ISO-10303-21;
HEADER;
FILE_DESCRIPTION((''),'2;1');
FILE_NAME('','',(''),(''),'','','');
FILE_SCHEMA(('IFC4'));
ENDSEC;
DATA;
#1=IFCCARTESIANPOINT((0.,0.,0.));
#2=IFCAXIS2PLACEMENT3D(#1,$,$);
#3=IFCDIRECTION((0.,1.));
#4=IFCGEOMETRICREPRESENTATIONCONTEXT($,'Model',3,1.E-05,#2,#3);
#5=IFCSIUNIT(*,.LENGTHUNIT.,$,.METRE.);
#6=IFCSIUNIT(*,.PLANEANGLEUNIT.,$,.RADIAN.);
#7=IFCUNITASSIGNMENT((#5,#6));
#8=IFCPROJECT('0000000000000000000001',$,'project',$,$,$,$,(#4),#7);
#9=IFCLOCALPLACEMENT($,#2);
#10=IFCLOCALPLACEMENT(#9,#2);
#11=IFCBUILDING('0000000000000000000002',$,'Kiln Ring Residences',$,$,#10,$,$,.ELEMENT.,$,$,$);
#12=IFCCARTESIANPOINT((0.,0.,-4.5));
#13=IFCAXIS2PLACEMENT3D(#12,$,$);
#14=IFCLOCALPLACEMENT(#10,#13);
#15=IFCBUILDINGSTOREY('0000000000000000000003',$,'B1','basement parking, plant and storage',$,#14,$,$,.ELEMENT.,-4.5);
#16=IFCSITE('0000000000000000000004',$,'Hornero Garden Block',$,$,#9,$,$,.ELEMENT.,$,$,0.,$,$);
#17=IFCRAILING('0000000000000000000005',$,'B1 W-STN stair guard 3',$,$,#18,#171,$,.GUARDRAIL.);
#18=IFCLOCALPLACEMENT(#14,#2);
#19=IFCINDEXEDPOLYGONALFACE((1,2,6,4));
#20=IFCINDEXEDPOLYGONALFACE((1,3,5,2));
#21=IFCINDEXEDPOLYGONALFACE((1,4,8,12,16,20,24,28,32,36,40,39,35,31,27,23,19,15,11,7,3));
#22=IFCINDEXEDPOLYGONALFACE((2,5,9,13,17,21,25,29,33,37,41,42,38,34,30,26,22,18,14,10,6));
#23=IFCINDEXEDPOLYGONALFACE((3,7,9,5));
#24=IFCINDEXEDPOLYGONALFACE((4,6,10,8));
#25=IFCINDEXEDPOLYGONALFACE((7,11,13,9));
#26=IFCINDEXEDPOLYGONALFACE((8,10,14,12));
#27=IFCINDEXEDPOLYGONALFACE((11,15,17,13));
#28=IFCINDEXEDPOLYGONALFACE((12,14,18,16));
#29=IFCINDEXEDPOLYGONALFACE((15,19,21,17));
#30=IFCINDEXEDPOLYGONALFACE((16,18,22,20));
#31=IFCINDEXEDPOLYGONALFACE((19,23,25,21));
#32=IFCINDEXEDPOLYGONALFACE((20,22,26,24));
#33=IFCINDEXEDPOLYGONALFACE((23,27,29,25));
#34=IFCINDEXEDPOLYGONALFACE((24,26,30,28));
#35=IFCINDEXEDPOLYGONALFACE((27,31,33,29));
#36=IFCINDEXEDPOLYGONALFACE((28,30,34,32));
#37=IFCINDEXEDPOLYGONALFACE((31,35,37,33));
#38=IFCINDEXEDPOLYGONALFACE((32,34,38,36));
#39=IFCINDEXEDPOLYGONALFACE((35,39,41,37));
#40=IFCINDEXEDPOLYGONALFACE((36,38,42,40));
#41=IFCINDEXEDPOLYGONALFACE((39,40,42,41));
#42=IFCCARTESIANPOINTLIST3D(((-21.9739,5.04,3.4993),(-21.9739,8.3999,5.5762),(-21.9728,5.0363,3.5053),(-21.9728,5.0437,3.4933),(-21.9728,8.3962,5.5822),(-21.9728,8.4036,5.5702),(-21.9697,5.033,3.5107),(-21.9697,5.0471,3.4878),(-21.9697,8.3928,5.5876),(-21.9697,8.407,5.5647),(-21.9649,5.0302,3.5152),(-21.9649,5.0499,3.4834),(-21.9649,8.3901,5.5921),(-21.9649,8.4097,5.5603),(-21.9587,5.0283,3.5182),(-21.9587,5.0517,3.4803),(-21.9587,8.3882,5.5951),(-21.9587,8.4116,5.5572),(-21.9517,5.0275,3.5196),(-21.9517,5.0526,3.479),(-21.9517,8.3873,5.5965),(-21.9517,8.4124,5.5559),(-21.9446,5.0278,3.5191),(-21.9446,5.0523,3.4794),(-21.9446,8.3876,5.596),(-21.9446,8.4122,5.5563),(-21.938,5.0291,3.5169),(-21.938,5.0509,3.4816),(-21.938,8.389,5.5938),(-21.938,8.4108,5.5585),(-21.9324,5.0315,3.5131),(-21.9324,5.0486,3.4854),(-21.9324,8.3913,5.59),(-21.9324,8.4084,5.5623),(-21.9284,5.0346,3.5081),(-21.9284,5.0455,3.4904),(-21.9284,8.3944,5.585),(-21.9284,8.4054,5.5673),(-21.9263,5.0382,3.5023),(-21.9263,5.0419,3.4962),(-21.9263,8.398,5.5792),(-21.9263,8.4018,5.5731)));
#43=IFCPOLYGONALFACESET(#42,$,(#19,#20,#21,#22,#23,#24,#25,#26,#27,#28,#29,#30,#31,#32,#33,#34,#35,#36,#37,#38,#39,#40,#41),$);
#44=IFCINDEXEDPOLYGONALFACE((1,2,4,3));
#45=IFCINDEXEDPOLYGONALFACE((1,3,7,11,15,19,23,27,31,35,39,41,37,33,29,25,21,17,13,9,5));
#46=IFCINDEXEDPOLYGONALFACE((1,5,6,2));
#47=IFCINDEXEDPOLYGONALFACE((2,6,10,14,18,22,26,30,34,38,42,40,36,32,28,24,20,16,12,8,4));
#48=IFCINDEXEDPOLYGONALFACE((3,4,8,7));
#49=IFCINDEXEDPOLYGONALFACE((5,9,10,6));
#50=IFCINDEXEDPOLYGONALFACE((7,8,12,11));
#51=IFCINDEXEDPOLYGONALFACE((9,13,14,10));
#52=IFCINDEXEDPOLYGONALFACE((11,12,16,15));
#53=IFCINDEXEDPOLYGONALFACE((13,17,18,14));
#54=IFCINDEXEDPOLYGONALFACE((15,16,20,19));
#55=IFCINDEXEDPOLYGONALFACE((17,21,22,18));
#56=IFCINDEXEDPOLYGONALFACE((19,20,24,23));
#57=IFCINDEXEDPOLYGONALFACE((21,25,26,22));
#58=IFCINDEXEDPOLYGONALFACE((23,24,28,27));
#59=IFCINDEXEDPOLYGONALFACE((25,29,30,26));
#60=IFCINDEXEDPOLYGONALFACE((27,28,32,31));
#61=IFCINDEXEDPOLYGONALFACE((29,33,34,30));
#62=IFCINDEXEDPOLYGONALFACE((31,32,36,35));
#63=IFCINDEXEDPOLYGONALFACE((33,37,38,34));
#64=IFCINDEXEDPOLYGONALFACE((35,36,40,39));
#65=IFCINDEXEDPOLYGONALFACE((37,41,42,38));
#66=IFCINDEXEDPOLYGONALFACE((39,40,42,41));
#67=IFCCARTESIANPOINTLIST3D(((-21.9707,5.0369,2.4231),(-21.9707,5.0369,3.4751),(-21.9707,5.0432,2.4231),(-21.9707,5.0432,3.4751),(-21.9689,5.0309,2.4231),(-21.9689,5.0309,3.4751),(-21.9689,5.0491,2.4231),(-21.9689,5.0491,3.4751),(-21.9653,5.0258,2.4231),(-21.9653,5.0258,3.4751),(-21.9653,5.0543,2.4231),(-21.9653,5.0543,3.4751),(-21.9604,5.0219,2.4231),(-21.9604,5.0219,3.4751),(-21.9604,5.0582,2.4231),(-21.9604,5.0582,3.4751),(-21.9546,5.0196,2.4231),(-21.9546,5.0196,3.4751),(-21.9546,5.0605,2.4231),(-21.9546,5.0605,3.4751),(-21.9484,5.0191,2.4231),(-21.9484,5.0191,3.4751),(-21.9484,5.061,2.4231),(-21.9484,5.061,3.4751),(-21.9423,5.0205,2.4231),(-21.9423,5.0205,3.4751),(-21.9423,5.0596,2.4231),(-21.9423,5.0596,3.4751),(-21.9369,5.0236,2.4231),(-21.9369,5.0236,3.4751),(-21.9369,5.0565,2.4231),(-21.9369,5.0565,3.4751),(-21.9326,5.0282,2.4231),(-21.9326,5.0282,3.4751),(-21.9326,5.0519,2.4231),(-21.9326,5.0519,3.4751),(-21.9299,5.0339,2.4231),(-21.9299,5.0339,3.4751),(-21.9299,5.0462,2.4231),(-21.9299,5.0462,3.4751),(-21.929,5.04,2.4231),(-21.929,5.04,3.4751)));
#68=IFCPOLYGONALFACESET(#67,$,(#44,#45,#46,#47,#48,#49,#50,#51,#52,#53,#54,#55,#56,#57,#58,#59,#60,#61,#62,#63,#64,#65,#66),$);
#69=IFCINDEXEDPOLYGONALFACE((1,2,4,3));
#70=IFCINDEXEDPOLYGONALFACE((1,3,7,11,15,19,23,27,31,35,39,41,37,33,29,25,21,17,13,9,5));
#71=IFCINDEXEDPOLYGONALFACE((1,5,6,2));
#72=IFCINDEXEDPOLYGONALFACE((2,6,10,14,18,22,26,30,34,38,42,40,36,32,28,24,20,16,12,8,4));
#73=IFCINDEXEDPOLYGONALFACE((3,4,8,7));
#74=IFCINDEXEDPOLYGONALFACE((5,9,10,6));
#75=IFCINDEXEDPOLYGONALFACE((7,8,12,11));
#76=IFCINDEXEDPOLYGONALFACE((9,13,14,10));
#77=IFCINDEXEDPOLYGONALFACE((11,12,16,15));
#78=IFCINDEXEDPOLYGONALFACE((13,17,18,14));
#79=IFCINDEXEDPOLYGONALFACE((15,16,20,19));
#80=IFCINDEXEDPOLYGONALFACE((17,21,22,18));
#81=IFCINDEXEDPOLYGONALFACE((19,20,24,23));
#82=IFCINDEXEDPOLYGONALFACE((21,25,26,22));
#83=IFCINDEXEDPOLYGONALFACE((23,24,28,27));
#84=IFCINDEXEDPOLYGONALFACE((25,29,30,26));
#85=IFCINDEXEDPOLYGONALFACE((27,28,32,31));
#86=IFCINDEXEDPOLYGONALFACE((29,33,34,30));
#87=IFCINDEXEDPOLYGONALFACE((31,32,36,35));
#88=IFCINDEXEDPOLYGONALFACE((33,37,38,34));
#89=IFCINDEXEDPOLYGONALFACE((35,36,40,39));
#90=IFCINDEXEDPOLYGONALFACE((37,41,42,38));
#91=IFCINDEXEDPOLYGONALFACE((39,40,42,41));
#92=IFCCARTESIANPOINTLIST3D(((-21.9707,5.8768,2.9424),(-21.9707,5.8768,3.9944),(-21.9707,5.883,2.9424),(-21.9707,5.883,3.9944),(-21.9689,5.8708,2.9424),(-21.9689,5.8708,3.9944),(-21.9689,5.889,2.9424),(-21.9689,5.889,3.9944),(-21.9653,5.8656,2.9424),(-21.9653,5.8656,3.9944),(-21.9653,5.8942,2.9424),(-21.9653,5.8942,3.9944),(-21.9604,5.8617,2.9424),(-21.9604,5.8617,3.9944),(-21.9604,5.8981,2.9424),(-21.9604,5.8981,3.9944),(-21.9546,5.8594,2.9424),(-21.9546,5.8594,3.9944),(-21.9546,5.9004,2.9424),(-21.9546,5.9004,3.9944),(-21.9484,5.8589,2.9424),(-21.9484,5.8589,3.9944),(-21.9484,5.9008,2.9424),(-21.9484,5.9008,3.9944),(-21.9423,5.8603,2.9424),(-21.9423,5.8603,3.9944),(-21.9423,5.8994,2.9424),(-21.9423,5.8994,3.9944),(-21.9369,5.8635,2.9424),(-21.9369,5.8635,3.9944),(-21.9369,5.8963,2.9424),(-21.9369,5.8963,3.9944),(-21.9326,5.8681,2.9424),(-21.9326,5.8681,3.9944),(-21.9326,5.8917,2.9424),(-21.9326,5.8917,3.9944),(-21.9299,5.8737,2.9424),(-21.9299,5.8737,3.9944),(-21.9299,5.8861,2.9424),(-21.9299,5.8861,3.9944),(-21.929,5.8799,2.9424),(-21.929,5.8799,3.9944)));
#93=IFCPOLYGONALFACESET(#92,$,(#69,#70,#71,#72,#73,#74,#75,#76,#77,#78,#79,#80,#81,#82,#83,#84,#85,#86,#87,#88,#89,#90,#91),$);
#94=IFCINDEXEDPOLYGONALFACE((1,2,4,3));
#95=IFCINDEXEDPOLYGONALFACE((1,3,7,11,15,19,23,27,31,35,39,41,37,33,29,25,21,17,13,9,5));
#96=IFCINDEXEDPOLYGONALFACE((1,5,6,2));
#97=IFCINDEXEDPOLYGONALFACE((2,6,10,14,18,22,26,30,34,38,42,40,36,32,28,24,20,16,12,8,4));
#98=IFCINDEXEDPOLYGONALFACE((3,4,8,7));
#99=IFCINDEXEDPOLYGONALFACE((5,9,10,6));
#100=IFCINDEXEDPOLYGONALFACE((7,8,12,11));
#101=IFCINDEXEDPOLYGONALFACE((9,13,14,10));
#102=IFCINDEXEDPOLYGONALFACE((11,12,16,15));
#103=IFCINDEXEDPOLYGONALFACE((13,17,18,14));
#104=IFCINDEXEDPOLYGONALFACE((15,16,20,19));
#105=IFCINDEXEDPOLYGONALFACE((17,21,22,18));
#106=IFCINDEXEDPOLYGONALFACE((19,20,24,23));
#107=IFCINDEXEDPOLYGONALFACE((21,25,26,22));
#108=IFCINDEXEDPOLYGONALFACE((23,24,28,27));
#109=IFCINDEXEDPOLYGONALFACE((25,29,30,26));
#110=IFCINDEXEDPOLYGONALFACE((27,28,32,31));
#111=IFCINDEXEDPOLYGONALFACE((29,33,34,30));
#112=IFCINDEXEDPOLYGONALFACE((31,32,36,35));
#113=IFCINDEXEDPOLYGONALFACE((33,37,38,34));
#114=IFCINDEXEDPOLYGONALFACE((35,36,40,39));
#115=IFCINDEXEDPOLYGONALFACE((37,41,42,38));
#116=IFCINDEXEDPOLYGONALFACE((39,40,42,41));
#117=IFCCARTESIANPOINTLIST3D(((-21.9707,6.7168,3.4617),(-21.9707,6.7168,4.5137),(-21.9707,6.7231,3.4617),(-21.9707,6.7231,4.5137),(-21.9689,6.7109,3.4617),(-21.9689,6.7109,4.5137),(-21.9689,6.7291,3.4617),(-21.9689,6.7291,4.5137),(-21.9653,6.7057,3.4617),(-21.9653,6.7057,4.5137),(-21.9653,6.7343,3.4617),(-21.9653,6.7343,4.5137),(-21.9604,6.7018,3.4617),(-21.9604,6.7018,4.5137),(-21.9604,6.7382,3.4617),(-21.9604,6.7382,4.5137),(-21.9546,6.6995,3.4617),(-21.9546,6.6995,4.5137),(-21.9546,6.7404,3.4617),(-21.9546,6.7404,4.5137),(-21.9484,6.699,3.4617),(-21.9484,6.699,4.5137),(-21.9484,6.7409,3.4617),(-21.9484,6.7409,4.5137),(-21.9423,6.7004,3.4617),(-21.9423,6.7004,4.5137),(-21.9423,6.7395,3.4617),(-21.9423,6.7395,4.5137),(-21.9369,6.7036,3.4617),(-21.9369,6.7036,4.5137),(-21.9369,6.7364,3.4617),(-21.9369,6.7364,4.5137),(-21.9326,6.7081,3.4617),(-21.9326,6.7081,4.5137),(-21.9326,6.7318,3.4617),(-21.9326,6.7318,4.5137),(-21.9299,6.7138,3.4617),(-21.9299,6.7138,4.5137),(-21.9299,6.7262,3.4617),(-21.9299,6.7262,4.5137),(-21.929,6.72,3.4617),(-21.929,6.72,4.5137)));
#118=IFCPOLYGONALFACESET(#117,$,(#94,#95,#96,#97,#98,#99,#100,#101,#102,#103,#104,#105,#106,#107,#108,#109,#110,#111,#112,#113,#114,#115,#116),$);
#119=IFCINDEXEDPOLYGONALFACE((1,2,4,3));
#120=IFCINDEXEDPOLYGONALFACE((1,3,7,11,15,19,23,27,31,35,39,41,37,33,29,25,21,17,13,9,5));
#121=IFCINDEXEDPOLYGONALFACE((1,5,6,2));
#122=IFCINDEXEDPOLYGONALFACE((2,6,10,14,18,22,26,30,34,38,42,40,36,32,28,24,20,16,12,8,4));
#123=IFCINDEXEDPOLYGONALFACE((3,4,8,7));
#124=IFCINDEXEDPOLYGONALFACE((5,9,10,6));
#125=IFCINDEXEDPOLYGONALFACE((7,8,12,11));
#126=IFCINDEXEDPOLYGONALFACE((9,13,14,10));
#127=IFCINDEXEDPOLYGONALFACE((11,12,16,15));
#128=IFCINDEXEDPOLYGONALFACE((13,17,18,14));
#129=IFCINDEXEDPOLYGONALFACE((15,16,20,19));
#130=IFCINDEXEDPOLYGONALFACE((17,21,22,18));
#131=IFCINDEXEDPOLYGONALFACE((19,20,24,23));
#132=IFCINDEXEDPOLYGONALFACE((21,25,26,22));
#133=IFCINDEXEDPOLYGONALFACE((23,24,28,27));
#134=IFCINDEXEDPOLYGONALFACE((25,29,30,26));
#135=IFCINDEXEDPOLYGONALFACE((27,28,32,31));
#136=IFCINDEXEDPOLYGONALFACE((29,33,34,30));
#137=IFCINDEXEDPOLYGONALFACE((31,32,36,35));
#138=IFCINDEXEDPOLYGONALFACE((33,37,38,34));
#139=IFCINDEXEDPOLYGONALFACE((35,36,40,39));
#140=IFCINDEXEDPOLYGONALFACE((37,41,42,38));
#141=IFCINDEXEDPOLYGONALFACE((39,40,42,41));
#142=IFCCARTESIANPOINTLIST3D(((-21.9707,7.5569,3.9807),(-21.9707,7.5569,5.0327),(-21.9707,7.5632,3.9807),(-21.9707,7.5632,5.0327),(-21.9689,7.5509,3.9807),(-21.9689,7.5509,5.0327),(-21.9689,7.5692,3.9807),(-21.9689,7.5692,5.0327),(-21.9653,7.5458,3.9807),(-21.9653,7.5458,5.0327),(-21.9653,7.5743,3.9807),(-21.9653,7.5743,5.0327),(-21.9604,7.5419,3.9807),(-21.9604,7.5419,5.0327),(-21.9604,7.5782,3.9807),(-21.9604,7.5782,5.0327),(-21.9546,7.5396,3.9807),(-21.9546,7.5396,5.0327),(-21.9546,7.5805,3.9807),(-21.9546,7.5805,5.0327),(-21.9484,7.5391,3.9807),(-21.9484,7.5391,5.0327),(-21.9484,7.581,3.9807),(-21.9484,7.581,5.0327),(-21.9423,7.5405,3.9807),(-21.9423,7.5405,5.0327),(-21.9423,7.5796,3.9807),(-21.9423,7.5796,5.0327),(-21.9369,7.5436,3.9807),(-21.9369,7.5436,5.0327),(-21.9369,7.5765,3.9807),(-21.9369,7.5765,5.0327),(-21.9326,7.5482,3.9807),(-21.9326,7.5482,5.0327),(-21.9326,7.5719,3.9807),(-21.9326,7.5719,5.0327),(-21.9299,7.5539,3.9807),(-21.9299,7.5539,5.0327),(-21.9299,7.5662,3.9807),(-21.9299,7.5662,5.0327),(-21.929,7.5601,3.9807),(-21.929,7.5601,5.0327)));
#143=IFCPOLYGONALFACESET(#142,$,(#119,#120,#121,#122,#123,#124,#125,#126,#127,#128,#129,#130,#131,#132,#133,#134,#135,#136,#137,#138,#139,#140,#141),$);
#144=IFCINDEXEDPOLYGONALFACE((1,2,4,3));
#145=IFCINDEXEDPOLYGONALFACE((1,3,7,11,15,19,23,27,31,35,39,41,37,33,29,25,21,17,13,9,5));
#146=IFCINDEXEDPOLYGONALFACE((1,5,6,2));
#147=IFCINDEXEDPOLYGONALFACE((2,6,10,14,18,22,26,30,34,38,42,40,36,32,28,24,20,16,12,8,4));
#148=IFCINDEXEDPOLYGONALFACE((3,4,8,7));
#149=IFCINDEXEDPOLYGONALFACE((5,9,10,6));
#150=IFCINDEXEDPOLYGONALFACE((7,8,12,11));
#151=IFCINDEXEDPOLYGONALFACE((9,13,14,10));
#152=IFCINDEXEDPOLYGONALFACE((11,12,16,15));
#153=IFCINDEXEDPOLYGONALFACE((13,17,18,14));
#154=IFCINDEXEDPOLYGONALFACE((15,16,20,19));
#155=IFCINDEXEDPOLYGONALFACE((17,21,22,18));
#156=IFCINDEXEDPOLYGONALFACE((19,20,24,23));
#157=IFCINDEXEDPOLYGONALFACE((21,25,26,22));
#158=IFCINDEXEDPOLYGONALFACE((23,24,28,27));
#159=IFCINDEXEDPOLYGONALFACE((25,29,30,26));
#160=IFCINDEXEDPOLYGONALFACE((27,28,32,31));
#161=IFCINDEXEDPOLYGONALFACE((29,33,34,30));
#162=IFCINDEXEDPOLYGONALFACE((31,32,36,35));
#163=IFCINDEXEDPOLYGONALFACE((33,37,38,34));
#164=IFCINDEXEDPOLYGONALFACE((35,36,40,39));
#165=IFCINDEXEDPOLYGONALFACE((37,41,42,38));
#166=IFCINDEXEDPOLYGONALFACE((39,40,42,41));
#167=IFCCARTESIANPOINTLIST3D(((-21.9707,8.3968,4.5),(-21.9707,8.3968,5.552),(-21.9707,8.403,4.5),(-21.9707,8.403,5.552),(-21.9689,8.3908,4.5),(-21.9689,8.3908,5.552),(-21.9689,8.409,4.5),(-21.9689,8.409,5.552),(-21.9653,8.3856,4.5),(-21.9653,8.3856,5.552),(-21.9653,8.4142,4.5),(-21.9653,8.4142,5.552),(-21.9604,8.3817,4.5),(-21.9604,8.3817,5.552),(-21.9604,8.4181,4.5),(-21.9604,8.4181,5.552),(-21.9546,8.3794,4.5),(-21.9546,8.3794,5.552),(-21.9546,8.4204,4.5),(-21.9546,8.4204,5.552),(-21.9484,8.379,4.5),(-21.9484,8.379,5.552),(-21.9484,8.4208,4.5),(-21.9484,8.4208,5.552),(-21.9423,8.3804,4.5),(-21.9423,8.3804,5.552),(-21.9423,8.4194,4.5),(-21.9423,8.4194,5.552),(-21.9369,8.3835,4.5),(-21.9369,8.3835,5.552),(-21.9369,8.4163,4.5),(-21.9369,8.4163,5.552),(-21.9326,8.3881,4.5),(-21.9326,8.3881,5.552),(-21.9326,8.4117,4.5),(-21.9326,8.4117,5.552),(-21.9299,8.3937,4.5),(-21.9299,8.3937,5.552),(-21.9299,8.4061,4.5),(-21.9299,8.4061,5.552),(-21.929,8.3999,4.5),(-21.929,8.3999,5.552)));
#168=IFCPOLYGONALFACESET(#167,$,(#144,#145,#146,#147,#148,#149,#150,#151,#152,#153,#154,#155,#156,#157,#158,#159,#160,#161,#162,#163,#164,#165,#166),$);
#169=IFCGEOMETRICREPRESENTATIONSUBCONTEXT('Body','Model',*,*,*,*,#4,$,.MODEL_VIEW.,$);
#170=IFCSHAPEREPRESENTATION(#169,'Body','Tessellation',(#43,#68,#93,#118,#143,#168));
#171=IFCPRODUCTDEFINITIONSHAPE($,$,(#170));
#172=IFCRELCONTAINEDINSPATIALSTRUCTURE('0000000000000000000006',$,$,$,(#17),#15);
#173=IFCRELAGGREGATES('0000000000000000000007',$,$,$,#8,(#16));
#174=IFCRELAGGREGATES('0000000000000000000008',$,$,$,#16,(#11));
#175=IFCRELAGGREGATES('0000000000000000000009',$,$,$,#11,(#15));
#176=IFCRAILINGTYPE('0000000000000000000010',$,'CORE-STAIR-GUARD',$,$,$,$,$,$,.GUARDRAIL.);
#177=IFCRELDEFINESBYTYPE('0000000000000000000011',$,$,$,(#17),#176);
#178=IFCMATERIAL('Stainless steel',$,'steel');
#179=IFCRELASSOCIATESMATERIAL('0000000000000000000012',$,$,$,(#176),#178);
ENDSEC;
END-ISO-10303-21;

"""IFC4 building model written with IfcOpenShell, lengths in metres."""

from ifc_helpers import new_model, si_unit, direction, frame, origin, origin_2d, place, context, subcontext, project, spatial, circle, extrude, material, type_object, element, save


model = new_model("IFC4")

# Units and contexts
model_context = context("Model", 3, precision=1e-05, world=origin(), true_north=direction((0.0, 1.0)))
body_context = subcontext(model_context, "Body", "Model", "MODEL_VIEW")
ifc_project = project(units=[si_unit("LENGTHUNIT", "METRE"), si_unit("PLANEANGLEUNIT", "RADIAN")], contexts=[model_context])

# Site, building, storey
site_placement = place(None, origin())
site = spatial("IfcSite", under=ifc_project, at=site_placement, Name="Hornero Garden Block", CompositionType="ELEMENT", RefElevation=0.0)
building_placement = place(site_placement, origin())
building = spatial("IfcBuilding", under=site, at=building_placement, Name="Kiln Ring Residences", CompositionType="ELEMENT")
storey_placement = place(building_placement, frame((0.0, 0.0, -4.5)))
storey = spatial("IfcBuildingStorey", under=building, at=storey_placement, Name="B1", Description="basement parking, plant and storage", CompositionType="ELEMENT", Elevation=-4.5)

# Railing
ifc_material_1 = material(Name="Stainless steel", Category="steel")
railing_type_1 = type_object("IfcRailingType", Name="CORE-STAIR-GUARD", PredefinedType="GUARDRAIL", material=ifc_material_1)
railing_1_placement = place(storey_placement, frame((-21.95, 5.04, 2.4231)))
element("IfcRailing", 1, at=railing_1_placement, inside=storey, type_object=railing_type_1, Name="B1 W-STN stair guard 3", PredefinedType="GUARDRAIL", context=body_context, shape_type="SweptSolid", body=[
    extrude(circle(Radius=0.0239, at=origin_2d()), frame((0.0, 0.0, 1.0762), z_axis=(0.0, 0.850606, 0.525803), x_axis=(-1.0, 0.0, 0.0)), (0.0, 0.0, 1.0), 3.95),
    extrude(circle(Radius=0.021, at=origin_2d()), origin(), (0.0, 0.0, 1.0), 1.052),
    extrude(circle(Radius=0.021, at=origin_2d()), frame((0.0, 0.8398, 0.5193)), (0.0, 0.0, 1.0), 1.052),
    extrude(circle(Radius=0.021, at=origin_2d()), frame((0.0, 1.6799, 1.0386)), (0.0, 0.0, 1.0), 1.052),
    extrude(circle(Radius=0.021, at=origin_2d()), frame((0.0, 2.52, 1.5576)), (0.0, 0.0, 1.0), 1.052),
    extrude(circle(Radius=0.021, at=origin_2d()), frame((0.0, 3.3599, 2.0769)), (0.0, 0.0, 1.0), 1.052),
])

save(model, "model.ifc")
